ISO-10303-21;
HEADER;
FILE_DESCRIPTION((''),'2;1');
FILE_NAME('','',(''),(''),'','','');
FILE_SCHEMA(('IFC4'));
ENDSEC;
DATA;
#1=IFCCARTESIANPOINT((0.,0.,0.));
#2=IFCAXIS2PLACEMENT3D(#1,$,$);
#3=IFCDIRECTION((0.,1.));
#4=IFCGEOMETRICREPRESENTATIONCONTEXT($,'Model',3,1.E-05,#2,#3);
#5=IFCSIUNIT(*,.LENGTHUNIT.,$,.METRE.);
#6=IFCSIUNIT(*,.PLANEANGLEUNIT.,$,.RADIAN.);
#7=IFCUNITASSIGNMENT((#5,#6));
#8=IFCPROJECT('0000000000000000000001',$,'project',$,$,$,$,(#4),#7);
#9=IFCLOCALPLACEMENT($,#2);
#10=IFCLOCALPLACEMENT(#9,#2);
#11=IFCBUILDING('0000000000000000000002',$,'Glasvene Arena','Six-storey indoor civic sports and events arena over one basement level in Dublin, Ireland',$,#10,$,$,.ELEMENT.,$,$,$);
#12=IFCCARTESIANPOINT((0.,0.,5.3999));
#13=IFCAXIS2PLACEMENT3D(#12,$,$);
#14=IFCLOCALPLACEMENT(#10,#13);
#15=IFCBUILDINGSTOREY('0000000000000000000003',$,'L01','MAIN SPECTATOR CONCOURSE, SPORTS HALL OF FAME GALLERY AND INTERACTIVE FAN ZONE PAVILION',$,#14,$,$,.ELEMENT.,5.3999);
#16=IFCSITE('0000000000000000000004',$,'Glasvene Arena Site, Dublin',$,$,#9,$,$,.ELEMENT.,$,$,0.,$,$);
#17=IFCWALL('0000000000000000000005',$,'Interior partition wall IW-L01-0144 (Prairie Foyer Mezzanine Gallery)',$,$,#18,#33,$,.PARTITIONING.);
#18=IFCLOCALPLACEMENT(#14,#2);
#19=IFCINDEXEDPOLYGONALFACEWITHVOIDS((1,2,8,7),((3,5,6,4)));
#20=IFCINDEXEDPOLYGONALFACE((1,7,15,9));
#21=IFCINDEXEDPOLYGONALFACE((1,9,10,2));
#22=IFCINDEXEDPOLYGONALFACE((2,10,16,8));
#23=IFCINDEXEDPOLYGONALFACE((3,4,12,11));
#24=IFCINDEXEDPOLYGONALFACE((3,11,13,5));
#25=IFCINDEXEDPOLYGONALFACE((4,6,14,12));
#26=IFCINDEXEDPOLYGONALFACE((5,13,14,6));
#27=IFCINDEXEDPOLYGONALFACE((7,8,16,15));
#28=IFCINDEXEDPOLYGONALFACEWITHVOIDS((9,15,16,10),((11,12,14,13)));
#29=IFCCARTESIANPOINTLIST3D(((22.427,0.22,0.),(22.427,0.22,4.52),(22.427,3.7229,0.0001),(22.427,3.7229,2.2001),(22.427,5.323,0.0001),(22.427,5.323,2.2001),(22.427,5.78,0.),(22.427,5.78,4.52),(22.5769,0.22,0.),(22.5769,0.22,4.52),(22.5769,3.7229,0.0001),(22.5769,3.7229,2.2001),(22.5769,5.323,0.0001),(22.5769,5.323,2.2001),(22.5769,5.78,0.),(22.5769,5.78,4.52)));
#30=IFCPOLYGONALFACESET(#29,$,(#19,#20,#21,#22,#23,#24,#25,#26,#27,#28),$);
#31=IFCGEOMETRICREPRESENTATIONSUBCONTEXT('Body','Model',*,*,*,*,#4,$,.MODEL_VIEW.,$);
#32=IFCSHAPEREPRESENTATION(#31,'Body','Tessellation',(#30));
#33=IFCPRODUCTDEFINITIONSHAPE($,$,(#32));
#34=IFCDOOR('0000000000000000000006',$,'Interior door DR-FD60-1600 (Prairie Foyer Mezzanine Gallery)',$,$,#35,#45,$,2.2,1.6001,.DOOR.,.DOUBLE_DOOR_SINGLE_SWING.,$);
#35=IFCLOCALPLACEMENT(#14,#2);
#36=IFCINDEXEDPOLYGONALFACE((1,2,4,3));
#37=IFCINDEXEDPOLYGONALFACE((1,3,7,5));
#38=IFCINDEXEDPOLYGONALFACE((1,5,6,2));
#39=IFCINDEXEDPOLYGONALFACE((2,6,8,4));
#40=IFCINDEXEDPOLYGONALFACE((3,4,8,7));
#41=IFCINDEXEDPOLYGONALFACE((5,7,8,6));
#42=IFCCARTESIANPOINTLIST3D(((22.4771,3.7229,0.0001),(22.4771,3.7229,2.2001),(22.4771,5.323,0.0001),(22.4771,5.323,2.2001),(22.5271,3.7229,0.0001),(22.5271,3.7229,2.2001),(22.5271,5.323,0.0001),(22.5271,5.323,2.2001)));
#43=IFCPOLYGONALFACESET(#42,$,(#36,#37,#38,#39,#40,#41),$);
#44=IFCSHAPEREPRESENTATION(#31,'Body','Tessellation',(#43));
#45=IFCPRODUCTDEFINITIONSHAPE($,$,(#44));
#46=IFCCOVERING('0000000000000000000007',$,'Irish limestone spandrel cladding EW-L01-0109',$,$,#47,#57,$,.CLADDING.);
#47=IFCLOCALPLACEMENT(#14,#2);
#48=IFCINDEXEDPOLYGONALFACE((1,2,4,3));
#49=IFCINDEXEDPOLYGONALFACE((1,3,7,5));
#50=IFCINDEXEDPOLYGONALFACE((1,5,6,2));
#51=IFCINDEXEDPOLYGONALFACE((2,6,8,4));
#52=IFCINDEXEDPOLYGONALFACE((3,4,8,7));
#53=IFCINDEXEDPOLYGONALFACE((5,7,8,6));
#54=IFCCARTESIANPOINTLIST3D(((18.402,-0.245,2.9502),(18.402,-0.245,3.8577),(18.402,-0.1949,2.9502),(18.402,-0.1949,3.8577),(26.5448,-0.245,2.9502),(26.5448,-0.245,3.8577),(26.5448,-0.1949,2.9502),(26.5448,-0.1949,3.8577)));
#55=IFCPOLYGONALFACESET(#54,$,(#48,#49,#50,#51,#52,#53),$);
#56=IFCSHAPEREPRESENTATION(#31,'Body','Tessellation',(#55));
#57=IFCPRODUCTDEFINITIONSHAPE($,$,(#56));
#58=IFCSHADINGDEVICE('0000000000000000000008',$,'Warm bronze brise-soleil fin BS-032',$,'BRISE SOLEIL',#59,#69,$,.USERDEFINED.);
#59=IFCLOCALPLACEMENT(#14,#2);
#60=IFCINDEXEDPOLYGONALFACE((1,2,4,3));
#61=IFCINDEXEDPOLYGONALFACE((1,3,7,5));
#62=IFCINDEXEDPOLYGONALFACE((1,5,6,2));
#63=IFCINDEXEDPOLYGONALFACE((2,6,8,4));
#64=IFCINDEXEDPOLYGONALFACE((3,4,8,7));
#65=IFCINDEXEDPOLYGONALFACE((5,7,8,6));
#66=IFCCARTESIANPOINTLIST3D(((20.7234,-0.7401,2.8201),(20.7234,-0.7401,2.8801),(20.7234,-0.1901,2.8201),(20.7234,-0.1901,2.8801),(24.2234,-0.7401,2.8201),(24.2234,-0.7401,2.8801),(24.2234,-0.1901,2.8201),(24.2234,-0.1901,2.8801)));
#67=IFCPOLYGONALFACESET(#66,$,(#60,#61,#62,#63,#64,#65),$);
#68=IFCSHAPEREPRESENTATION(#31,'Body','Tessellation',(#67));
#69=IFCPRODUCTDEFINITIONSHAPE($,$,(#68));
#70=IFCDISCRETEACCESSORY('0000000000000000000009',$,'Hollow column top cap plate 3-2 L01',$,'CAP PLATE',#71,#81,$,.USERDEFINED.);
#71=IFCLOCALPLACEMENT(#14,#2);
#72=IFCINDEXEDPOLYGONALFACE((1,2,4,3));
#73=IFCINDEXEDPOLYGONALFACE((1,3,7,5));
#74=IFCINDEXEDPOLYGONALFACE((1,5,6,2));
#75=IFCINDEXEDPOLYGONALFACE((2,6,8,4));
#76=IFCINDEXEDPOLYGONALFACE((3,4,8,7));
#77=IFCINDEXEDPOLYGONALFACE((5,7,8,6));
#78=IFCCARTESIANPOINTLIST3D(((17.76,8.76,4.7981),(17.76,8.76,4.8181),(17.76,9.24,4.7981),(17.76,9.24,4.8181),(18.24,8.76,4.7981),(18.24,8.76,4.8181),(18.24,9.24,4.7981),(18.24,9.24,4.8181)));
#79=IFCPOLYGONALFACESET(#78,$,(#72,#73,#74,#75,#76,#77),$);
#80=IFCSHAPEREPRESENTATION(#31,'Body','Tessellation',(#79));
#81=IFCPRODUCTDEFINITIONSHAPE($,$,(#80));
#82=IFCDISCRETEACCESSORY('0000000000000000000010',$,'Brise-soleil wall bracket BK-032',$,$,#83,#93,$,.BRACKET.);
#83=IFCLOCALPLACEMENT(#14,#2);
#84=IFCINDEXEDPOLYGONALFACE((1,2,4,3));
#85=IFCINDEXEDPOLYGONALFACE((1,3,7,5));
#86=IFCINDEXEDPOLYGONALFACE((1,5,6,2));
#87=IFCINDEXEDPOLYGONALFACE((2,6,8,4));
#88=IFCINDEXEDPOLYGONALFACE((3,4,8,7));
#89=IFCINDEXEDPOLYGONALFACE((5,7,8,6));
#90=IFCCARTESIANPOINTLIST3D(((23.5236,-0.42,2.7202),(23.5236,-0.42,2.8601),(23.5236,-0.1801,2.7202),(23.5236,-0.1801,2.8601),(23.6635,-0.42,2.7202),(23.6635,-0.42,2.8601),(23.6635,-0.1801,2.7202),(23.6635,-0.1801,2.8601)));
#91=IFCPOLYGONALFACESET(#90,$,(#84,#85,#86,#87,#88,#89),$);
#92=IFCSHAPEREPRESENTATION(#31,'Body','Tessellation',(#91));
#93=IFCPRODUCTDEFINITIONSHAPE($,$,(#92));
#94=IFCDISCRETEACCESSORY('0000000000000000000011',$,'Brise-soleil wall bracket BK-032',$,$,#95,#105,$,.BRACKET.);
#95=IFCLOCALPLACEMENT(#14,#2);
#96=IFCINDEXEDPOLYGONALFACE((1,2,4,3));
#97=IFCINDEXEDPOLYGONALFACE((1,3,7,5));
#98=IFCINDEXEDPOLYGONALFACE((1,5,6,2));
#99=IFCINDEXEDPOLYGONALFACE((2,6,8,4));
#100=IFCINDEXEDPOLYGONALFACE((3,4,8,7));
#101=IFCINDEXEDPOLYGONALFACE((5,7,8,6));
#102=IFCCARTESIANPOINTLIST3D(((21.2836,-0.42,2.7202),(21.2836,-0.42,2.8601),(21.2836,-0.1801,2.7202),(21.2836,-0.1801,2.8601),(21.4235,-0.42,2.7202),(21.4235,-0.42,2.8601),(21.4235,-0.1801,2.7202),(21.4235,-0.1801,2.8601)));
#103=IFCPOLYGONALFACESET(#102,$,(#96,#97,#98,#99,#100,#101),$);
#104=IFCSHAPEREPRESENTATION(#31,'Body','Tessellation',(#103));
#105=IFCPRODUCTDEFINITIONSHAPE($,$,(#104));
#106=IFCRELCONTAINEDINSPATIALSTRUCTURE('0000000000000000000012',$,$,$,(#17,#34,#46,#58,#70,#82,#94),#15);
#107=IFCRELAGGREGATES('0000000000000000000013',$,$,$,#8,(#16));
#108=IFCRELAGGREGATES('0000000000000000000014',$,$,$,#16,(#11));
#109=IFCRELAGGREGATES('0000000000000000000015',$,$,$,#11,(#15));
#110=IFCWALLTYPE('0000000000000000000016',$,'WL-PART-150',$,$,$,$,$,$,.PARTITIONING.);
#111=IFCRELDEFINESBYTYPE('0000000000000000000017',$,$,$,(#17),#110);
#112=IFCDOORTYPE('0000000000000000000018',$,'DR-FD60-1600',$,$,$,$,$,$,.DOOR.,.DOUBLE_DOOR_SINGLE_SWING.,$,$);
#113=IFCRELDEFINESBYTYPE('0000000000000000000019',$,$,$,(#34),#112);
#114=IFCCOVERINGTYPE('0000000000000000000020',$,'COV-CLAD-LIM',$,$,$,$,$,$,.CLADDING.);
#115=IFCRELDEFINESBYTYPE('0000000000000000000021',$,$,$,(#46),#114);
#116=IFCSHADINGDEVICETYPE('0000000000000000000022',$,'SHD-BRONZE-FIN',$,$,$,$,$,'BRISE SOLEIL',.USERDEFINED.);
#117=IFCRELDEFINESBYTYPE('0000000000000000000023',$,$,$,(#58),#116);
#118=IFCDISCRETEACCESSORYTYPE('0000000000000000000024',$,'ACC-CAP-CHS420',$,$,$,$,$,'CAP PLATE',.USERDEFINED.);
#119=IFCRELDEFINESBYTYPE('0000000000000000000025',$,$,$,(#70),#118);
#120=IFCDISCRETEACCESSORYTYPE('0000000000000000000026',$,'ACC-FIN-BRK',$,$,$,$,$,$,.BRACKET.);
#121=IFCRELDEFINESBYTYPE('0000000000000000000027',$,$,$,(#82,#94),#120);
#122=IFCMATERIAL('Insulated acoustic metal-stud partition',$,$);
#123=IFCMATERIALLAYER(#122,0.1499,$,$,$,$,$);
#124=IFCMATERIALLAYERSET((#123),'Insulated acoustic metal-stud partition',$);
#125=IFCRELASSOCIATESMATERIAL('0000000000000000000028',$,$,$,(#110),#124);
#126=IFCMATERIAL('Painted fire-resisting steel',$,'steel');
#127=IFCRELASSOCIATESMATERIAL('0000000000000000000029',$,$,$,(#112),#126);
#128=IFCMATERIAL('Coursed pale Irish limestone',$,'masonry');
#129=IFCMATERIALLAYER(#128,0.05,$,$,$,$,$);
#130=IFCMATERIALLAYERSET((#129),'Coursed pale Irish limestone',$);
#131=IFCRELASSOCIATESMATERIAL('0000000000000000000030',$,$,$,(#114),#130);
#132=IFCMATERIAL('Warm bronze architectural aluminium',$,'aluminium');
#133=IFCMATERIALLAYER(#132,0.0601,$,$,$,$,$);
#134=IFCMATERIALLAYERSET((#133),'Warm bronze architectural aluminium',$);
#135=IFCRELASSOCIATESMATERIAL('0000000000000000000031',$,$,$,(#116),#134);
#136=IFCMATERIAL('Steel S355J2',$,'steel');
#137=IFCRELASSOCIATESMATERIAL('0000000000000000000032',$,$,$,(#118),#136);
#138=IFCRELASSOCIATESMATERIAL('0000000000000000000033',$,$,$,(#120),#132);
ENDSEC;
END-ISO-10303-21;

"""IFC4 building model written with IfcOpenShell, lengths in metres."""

from ifc_helpers import new_model, si_unit, direction, frame, frame_2d, origin, origin_2d, place, context, subcontext, project, spatial, rectangle, extrude, material, layer, layer_set, type_object, element, fill, save


model = new_model("IFC4")

# Units and contexts
model_context = context("Model", 3, precision=1e-05, world=origin(), true_north=direction((0.0, 1.0)))
body_context = subcontext(model_context, "Body", "Model", "MODEL_VIEW")
ifc_project = project(units=[si_unit("LENGTHUNIT", "METRE"), si_unit("PLANEANGLEUNIT", "RADIAN")], contexts=[model_context])

# Site, building, storey
site_placement = place(None, origin())
site = spatial("IfcSite", under=ifc_project, at=site_placement, Name="Glasvene Arena Site, Dublin", CompositionType="ELEMENT", RefElevation=0.0)
building_placement = place(site_placement, origin())
building = spatial("IfcBuilding", under=site, at=building_placement, Name="Glasvene Arena", Description="Six-storey indoor civic sports and events arena over one basement level in Dublin, Ireland", CompositionType="ELEMENT")
storey_placement = place(building_placement, frame((0.0, 0.0, 5.3999)))
storey = spatial("IfcBuildingStorey", under=building, at=storey_placement, Name="L01", Description="MAIN SPECTATOR CONCOURSE, SPORTS HALL OF FAME GALLERY AND INTERACTIVE FAN ZONE PAVILION", CompositionType="ELEMENT", Elevation=5.3999)

# Shared definitions
ifc_material_1 = material(Name="Steel S355J2", Category="steel")

# Shared definitions
ifc_material_2 = material(Name="Coursed pale Irish limestone", Category="masonry")

# Wall, opening, door
ifc_material_3 = material(Name="Insulated acoustic metal-stud partition")
ifc_layer_1 = layer(ifc_material_3, 0.1499)
ifc_layer_set_1 = layer_set([ifc_layer_1], Name="Insulated acoustic metal-stud partition")
wall_type_1 = type_object("IfcWallType", Name="WL-PART-150", PredefinedType="PARTITIONING", material=ifc_layer_set_1)
wall_1_placement = place(storey_placement, frame((22.502, 0.22, 0.0), z_axis=(0.0, 0.0, 1.0), x_axis=(0.0, 1.0, 0.0)))
wall_1 = element("IfcWall", 1, at=wall_1_placement, inside=storey, type_object=wall_type_1, Name="Interior partition wall IW-L01-0144 (Prairie Foyer Mezzanine Gallery)", PredefinedType="PARTITIONING", context=body_context, shape_type="SweptSolid", body=[
    extrude(rectangle(XDim=5.5601, YDim=0.1499, at=frame_2d((2.78, 0.0))), origin(), (0.0, 0.0, 1.0), 4.52),
])
opening_1_placement = place(wall_1_placement, frame((3.5029, 0.0, 0.0)))
opening_1 = element("IfcOpeningElement", 2, at=opening_1_placement, cuts=wall_1, PredefinedType="OPENING", context=body_context, shape_type="SweptSolid", body=[
    extrude(rectangle(XDim=1.6001, YDim=2.2, at=frame_2d((0.8, 1.1001))), frame((0.0, 0.085, 0.0), z_axis=(0.0, -1.0, 0.0), x_axis=(1.0, 0.0, 0.0)), (0.0, 0.0, 1.0), 0.1699),
])
ifc_material_4 = material(Name="Painted fire-resisting steel", Category="steel")
door_type = type_object("IfcDoorType", Name="DR-FD60-1600", OperationType="DOUBLE_DOOR_SINGLE_SWING", PredefinedType="DOOR", material=ifc_material_4)
door_placement = place(opening_1_placement, origin())
door = element("IfcDoor", 3, at=door_placement, inside=storey, type_object=door_type, Name="Interior door DR-FD60-1600 (Prairie Foyer Mezzanine Gallery)", OperationType="DOUBLE_DOOR_SINGLE_SWING", OverallHeight=2.2, OverallWidth=1.6001, PredefinedType="DOOR", context=body_context, shape_type="SweptSolid", body=[
    extrude(rectangle(XDim=1.6001, YDim=2.2, at=frame_2d((0.8, 1.1001))), frame((0.0, 0.0249, 0.0), z_axis=(0.0, -1.0, 0.0), x_axis=(1.0, 0.0, 0.0)), (0.0, 0.0, 1.0), 0.05),
])
fill(opening_1, door)

# Covering
ifc_layer_2 = layer(ifc_material_2, 0.05)
ifc_layer_set_2 = layer_set([ifc_layer_2], Name="Coursed pale Irish limestone")
covering_type = type_object("IfcCoveringType", Name="COV-CLAD-LIM", PredefinedType="CLADDING", material=ifc_layer_set_2)
covering_placement = place(storey_placement, frame((22.4734, -0.22, 2.9502), z_axis=(0.0, 0.0, 1.0), x_axis=(-1.0, 0.0, 0.0)))
element("IfcCovering", 4, at=covering_placement, inside=storey, type_object=covering_type, Name="Irish limestone spandrel cladding EW-L01-0109", PredefinedType="CLADDING", context=body_context, shape_type="SweptSolid", body=[
    extrude(rectangle(XDim=8.1428, YDim=0.05, at=origin_2d()), origin(), (0.0, 0.0, 1.0), 0.9075),
])

# Shading device
ifc_material_5 = material(Name="Warm bronze architectural aluminium", Category="aluminium")
ifc_layer_3 = layer(ifc_material_5, 0.0601)
ifc_layer_set_3 = layer_set([ifc_layer_3], Name="Warm bronze architectural aluminium")
shading_device_type = type_object("IfcShadingDeviceType", Name="SHD-BRONZE-FIN", ElementType="BRISE SOLEIL", PredefinedType="USERDEFINED", material=ifc_layer_set_3)
shading_device_placement = place(storey_placement, frame((22.4734, -0.4651, 2.8201), z_axis=(0.0, 0.0, 1.0), x_axis=(-1.0, 0.0, 0.0)))
element("IfcShadingDevice", 5, at=shading_device_placement, inside=storey, type_object=shading_device_type, Name="Warm bronze brise-soleil fin BS-032", ObjectType="BRISE SOLEIL", PredefinedType="USERDEFINED", context=body_context, shape_type="SweptSolid", body=[
    extrude(rectangle(XDim=3.5, YDim=0.55, at=origin_2d()), origin(), (0.0, 0.0, 1.0), 0.0601),
])

# Discrete accessories
discrete_accessory_type_1 = type_object("IfcDiscreteAccessoryType", Name="ACC-CAP-CHS420", ElementType="CAP PLATE", PredefinedType="USERDEFINED", material=ifc_material_1)
discrete_accessory_placement = place(storey_placement, frame((18.0, 9.0, 4.7981), z_axis=(0.0, 0.0, 1.0), x_axis=(1.0, 0.0, 0.0)))
element("IfcDiscreteAccessory", 6, at=discrete_accessory_placement, inside=storey, type_object=discrete_accessory_type_1, Name="Hollow column top cap plate 3-2 L01", ObjectType="CAP PLATE", PredefinedType="USERDEFINED", context=body_context, shape_type="SweptSolid", body=[
    extrude(rectangle(XDim=0.48, YDim=0.48, at=origin_2d()), origin(), (0.0, 0.0, 1.0), 0.02),
])
discrete_accessory_type_2 = type_object("IfcDiscreteAccessoryType", Name="ACC-FIN-BRK", PredefinedType="BRACKET", material=ifc_material_5)
for number, where, z_axis, x_axis, name in (
    (7, (23.5935, -0.3, 2.7202), (0.0, 0.0, 1.0), (-1.0, 0.0, 0.0), "Brise-soleil wall bracket BK-032"),
    (8, (21.3535, -0.3, 2.7202), (0.0, 0.0, 1.0), (-1.0, 0.0, 0.0), "Brise-soleil wall bracket BK-032"),
):
    element("IfcDiscreteAccessory", number, at=place(storey_placement, frame(where, z_axis=z_axis, x_axis=x_axis)), inside=storey, type_object=discrete_accessory_type_2, Name=name, PredefinedType="BRACKET", context=body_context, shape_type="SweptSolid", body=[
        extrude(rectangle(XDim=0.1399, YDim=0.24, at=origin_2d()), origin(), (0.0, 0.0, 1.0), 0.1399),
    ])

save(model, "model.ifc")
